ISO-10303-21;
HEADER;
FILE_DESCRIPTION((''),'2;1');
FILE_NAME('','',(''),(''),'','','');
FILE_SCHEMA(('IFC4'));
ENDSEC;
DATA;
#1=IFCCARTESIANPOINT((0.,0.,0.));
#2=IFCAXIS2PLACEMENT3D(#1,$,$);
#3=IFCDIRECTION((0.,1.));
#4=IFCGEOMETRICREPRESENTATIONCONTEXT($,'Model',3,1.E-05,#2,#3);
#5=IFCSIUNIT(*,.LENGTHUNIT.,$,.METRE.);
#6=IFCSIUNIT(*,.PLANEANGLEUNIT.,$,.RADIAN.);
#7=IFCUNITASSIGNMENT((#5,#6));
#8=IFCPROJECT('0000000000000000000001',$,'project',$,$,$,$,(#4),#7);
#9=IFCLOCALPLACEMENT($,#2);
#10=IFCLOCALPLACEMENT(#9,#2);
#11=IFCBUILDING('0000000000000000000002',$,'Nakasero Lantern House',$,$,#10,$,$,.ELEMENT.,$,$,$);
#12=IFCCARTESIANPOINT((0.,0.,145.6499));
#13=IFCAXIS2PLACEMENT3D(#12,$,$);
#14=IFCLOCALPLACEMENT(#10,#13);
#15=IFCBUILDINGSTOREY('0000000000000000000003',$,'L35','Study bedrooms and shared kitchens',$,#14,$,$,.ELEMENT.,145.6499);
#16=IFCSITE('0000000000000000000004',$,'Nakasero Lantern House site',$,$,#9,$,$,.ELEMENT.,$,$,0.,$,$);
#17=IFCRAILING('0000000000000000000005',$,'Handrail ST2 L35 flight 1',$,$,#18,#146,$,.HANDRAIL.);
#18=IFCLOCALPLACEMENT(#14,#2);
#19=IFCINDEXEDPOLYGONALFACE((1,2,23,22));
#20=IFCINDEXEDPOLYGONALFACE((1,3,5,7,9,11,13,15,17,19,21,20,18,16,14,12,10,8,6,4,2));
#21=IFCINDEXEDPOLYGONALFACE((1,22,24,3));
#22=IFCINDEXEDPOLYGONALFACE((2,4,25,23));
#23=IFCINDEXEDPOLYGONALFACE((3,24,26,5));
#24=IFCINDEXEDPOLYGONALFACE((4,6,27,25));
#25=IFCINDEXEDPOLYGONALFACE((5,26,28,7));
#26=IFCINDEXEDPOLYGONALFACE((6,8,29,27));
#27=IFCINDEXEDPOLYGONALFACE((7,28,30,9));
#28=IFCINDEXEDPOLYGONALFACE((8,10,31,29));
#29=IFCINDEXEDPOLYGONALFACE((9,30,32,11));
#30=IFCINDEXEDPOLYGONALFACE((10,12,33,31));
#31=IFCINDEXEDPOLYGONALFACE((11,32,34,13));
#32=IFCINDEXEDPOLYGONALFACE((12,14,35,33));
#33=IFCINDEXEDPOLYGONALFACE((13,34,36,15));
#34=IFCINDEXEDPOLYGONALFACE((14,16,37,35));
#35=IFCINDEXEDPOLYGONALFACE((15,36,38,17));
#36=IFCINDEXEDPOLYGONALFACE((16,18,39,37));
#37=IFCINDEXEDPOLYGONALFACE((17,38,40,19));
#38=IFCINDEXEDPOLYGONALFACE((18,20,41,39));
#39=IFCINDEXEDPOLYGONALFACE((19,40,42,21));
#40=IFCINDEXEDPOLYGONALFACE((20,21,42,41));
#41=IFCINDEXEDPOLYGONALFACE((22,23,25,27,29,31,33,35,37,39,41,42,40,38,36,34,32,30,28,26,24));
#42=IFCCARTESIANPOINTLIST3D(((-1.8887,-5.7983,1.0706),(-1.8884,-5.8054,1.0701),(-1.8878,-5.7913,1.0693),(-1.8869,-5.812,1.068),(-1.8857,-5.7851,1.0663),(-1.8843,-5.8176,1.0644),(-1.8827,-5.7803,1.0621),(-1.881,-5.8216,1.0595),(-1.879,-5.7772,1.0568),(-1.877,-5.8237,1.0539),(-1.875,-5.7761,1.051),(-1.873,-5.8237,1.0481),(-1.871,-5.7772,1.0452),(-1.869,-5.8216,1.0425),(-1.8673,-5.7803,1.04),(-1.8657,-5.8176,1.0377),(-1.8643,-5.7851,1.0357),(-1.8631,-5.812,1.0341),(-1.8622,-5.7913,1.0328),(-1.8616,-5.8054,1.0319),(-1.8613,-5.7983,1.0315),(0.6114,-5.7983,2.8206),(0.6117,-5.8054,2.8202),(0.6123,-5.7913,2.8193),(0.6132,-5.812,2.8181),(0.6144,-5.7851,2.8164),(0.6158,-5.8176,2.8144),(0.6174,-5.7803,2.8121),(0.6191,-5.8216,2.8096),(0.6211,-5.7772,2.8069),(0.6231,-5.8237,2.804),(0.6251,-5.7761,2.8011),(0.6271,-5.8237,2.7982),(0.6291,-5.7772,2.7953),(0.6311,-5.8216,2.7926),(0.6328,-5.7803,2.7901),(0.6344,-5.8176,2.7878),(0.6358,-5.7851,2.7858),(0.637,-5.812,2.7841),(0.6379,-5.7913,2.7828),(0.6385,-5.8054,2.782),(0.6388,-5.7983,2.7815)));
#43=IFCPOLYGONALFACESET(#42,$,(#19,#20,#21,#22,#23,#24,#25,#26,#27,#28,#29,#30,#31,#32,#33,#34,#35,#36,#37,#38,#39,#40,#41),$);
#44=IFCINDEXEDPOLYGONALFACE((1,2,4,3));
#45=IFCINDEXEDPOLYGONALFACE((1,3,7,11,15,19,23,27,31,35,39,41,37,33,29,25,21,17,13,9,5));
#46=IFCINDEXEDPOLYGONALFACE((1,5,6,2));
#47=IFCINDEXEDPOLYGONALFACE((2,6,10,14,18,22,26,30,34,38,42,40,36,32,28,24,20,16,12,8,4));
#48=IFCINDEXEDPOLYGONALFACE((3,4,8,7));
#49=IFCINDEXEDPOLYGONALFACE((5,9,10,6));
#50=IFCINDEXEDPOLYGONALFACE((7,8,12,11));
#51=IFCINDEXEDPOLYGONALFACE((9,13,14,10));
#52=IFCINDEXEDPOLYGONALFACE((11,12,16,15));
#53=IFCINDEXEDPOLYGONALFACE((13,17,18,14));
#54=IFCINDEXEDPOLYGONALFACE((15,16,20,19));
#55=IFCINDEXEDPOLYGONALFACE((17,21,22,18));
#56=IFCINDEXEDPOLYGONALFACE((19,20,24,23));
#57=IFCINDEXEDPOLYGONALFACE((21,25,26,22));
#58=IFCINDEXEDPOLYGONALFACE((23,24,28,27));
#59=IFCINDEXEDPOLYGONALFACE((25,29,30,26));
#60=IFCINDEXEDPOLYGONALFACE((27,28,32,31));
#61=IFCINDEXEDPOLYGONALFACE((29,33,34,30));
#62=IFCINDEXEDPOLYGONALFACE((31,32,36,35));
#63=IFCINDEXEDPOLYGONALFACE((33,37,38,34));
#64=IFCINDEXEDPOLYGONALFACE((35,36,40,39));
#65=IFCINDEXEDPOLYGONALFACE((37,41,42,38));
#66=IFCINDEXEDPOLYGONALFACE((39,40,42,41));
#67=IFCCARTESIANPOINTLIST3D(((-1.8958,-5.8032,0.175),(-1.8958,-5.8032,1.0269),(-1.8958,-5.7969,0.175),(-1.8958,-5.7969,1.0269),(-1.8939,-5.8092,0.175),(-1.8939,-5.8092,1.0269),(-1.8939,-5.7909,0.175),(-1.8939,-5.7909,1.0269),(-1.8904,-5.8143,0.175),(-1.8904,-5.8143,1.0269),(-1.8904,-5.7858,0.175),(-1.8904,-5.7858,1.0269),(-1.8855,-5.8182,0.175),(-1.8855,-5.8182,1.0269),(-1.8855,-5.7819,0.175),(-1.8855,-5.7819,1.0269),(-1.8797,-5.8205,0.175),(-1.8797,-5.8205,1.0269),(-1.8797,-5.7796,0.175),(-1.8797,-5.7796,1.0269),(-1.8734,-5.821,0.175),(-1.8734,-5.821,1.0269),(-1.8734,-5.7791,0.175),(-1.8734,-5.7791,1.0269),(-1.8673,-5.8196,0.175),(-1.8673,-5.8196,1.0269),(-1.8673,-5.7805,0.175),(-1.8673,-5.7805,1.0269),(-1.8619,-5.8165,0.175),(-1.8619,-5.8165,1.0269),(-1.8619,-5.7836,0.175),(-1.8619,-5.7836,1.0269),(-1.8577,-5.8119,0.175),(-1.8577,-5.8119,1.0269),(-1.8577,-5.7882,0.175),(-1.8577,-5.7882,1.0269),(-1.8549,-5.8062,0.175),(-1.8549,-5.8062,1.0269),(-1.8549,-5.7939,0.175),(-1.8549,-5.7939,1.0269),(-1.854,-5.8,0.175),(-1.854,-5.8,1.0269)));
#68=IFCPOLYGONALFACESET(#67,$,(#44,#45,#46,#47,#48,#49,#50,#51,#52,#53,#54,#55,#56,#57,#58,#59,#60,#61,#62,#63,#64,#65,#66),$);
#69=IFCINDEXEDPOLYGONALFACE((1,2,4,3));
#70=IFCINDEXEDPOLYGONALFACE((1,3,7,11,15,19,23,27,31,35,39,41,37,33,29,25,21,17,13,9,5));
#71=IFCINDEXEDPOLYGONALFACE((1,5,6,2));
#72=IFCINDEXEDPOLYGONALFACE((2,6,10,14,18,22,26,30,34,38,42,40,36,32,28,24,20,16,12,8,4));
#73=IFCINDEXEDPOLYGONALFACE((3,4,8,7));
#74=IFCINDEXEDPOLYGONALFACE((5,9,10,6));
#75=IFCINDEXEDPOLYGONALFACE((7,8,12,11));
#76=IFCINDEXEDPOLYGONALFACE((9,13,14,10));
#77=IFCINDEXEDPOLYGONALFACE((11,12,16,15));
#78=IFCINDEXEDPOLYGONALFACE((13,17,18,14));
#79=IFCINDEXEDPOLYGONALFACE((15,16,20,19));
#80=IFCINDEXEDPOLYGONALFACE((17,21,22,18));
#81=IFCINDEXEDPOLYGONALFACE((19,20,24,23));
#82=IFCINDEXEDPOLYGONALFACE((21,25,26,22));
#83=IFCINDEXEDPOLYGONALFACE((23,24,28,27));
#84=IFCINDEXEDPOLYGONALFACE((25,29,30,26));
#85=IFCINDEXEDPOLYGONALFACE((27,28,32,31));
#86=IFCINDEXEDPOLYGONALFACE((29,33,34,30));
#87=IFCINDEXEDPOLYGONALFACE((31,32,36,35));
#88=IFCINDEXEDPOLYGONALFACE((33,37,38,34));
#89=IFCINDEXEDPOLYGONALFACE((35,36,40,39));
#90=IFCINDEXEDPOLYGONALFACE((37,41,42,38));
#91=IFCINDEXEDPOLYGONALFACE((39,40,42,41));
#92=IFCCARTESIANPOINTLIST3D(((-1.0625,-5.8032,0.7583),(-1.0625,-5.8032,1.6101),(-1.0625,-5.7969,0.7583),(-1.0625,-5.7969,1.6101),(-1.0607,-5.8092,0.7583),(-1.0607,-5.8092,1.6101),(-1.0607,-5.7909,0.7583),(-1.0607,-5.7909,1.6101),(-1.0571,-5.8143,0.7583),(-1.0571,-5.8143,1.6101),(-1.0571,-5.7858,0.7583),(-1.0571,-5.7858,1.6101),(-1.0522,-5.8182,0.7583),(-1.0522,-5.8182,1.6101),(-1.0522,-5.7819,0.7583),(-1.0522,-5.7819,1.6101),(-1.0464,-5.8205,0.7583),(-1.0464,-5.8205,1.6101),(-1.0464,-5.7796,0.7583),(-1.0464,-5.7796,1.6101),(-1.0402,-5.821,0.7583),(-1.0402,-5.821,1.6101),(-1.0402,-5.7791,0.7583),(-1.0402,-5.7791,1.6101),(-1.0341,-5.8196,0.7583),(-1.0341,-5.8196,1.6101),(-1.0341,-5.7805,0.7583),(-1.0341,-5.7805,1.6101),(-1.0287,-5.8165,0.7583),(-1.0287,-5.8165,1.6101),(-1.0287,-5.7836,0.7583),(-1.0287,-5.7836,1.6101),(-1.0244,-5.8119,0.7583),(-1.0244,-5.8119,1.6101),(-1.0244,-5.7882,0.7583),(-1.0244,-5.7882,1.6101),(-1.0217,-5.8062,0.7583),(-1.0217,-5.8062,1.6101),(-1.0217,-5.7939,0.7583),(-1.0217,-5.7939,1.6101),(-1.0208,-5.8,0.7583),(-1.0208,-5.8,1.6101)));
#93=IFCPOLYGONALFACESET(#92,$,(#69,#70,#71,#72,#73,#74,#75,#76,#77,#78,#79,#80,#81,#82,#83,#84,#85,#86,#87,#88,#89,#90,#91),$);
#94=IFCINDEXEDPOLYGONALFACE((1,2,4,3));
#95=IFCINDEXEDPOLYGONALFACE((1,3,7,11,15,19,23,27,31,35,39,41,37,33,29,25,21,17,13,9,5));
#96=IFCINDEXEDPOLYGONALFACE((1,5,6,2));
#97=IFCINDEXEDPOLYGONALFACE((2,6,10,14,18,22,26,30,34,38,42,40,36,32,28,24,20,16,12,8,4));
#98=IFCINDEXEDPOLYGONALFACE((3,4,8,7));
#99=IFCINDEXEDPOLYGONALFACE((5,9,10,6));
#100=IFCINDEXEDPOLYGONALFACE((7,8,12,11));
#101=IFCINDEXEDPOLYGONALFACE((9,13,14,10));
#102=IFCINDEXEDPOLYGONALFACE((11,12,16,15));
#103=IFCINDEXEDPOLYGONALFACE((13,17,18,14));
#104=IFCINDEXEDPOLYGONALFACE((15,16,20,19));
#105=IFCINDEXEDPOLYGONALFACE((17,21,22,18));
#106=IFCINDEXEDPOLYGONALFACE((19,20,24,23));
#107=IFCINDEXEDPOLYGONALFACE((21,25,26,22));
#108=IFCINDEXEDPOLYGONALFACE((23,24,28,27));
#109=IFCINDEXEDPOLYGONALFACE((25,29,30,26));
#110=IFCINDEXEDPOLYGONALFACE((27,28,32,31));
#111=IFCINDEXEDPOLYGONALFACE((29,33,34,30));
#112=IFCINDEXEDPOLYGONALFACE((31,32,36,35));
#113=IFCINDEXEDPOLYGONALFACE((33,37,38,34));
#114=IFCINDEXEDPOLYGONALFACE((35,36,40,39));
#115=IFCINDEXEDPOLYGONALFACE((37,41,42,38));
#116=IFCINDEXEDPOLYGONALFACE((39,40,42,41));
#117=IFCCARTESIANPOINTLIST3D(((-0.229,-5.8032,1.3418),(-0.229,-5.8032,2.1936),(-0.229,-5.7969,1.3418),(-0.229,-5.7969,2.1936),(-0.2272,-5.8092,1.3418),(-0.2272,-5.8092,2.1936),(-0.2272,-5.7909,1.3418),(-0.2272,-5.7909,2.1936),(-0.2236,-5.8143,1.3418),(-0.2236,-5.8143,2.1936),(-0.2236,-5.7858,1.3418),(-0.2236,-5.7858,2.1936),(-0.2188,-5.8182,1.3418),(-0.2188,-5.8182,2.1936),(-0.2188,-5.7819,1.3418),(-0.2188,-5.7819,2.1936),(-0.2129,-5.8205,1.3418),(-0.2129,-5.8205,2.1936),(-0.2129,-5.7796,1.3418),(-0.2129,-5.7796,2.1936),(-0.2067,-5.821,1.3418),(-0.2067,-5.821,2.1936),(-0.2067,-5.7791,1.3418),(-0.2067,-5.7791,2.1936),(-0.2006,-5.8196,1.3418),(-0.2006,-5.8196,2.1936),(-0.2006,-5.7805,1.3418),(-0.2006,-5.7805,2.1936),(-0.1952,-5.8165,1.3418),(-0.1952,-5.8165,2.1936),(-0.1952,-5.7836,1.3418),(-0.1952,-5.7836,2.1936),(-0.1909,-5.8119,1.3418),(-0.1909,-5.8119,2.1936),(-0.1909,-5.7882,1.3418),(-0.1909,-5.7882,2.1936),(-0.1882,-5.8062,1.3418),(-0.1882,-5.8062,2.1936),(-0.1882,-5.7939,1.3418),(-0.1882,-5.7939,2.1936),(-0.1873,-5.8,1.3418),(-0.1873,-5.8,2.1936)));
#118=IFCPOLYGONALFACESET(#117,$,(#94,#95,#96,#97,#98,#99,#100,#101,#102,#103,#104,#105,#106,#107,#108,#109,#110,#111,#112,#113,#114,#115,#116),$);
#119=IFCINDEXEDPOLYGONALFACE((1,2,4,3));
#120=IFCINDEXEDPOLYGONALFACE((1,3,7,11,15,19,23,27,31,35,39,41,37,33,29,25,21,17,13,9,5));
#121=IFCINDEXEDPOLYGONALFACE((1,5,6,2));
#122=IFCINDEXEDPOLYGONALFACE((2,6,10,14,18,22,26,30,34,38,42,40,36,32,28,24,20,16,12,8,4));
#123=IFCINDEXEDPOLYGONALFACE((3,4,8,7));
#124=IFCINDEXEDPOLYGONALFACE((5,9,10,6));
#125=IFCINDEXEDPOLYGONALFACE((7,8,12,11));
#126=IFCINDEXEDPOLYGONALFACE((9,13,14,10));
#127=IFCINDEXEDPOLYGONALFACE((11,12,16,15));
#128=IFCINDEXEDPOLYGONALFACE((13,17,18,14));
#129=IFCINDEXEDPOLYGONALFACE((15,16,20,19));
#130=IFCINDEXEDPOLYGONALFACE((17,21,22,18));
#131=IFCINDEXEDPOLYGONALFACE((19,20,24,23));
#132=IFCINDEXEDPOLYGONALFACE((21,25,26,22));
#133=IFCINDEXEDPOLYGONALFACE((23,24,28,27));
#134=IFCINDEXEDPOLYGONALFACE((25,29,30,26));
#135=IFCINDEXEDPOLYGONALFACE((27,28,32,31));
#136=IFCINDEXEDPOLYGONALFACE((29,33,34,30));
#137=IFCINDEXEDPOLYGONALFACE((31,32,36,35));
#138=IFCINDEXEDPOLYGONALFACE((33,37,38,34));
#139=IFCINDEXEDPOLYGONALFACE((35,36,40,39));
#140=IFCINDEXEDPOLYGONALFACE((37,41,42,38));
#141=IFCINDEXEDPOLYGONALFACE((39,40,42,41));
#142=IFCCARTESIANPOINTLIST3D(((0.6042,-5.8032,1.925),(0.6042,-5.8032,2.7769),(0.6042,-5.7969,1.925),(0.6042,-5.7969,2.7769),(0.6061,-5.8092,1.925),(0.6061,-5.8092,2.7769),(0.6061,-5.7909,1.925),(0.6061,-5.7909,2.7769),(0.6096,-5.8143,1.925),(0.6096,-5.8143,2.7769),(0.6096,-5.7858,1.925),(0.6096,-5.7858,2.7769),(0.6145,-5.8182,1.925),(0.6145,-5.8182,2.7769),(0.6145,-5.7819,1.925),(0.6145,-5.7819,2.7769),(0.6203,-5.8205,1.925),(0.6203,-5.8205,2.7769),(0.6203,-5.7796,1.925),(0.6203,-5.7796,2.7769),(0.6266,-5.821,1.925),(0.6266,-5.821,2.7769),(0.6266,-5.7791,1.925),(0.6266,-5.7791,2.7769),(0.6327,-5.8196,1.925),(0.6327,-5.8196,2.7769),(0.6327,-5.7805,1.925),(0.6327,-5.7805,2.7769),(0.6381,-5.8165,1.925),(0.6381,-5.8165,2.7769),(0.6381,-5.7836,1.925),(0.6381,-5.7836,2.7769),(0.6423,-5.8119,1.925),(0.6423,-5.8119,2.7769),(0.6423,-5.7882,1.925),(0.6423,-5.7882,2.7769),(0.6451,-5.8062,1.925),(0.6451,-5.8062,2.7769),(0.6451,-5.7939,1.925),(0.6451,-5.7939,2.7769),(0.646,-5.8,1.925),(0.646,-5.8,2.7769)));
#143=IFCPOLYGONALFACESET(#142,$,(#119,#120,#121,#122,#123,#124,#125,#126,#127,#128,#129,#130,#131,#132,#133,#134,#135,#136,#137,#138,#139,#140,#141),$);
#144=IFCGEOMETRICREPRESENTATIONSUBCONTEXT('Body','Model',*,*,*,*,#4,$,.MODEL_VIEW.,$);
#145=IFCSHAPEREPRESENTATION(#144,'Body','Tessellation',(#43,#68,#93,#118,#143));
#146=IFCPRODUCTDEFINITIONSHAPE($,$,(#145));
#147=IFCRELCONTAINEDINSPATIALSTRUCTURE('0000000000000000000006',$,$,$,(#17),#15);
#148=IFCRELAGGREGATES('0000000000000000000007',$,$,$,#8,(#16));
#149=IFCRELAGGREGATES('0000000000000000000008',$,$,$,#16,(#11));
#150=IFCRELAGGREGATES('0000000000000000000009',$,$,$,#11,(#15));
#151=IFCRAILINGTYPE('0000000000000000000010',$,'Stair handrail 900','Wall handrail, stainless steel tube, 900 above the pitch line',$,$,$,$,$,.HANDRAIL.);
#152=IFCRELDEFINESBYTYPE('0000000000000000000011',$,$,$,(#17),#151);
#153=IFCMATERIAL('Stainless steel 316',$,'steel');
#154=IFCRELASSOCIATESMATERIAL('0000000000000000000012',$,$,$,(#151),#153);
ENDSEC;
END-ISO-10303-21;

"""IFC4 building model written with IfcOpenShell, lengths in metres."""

from ifc_helpers import new_model, si_unit, direction, frame, origin, origin_2d, place, context, subcontext, project, spatial, circle, extrude, material, type_object, element, save


model = new_model("IFC4")

# Units and contexts
model_context = context("Model", 3, precision=1e-05, world=origin(), true_north=direction((0.0, 1.0)))
body_context = subcontext(model_context, "Body", "Model", "MODEL_VIEW")
ifc_project = project(units=[si_unit("LENGTHUNIT", "METRE"), si_unit("PLANEANGLEUNIT", "RADIAN")], contexts=[model_context])

# Site, building, storey
site_placement = place(None, origin())
site = spatial("IfcSite", under=ifc_project, at=site_placement, Name="Nakasero Lantern House site", CompositionType="ELEMENT", RefElevation=0.0)
building_placement = place(site_placement, origin())
building = spatial("IfcBuilding", under=site, at=building_placement, Name="Nakasero Lantern House", CompositionType="ELEMENT")
storey_placement = place(building_placement, frame((0.0, 0.0, 145.6499)))
storey = spatial("IfcBuildingStorey", under=building, at=storey_placement, Name="L35", Description="Study bedrooms and shared kitchens", CompositionType="ELEMENT", Elevation=145.6499)

# Railing
ifc_material_1 = material(Name="Stainless steel 316", Category="steel")
railing_type = type_object("IfcRailingType", Name="Stair handrail 900", Description="Wall handrail, stainless steel tube, 900 above the pitch line", PredefinedType="HANDRAIL", material=ifc_material_1)
railing_placement = place(storey_placement, frame((-1.875, -5.8, 0.175)))
element("IfcRailing", 1, at=railing_placement, inside=storey, type_object=railing_type, Name="Handrail ST2 L35 flight 1", PredefinedType="HANDRAIL", context=body_context, shape_type="SweptSolid", body=[
    extrude(circle(Radius=0.0239, at=origin_2d()), frame((0.0, 0.0, 0.876), z_axis=(0.819232, 0.0, 0.573462), x_axis=(0.0, 1.0, 0.0)), (0.0, 0.0, 1.0), 3.0518),
    extrude(circle(Radius=0.021, at=origin_2d()), origin(), (0.0, 0.0, 1.0), 0.8518),
    extrude(circle(Radius=0.021, at=origin_2d()), frame((0.8333, 0.0, 0.5833)), (0.0, 0.0, 1.0), 0.8518),
    extrude(circle(Radius=0.021, at=origin_2d()), frame((1.6667, 0.0, 1.1667)), (0.0, 0.0, 1.0), 0.8518),
    extrude(circle(Radius=0.021, at=origin_2d()), frame((2.5, 0.0, 1.75)), (0.0, 0.0, 1.0), 0.8518),
])

save(model, "model.ifc")
